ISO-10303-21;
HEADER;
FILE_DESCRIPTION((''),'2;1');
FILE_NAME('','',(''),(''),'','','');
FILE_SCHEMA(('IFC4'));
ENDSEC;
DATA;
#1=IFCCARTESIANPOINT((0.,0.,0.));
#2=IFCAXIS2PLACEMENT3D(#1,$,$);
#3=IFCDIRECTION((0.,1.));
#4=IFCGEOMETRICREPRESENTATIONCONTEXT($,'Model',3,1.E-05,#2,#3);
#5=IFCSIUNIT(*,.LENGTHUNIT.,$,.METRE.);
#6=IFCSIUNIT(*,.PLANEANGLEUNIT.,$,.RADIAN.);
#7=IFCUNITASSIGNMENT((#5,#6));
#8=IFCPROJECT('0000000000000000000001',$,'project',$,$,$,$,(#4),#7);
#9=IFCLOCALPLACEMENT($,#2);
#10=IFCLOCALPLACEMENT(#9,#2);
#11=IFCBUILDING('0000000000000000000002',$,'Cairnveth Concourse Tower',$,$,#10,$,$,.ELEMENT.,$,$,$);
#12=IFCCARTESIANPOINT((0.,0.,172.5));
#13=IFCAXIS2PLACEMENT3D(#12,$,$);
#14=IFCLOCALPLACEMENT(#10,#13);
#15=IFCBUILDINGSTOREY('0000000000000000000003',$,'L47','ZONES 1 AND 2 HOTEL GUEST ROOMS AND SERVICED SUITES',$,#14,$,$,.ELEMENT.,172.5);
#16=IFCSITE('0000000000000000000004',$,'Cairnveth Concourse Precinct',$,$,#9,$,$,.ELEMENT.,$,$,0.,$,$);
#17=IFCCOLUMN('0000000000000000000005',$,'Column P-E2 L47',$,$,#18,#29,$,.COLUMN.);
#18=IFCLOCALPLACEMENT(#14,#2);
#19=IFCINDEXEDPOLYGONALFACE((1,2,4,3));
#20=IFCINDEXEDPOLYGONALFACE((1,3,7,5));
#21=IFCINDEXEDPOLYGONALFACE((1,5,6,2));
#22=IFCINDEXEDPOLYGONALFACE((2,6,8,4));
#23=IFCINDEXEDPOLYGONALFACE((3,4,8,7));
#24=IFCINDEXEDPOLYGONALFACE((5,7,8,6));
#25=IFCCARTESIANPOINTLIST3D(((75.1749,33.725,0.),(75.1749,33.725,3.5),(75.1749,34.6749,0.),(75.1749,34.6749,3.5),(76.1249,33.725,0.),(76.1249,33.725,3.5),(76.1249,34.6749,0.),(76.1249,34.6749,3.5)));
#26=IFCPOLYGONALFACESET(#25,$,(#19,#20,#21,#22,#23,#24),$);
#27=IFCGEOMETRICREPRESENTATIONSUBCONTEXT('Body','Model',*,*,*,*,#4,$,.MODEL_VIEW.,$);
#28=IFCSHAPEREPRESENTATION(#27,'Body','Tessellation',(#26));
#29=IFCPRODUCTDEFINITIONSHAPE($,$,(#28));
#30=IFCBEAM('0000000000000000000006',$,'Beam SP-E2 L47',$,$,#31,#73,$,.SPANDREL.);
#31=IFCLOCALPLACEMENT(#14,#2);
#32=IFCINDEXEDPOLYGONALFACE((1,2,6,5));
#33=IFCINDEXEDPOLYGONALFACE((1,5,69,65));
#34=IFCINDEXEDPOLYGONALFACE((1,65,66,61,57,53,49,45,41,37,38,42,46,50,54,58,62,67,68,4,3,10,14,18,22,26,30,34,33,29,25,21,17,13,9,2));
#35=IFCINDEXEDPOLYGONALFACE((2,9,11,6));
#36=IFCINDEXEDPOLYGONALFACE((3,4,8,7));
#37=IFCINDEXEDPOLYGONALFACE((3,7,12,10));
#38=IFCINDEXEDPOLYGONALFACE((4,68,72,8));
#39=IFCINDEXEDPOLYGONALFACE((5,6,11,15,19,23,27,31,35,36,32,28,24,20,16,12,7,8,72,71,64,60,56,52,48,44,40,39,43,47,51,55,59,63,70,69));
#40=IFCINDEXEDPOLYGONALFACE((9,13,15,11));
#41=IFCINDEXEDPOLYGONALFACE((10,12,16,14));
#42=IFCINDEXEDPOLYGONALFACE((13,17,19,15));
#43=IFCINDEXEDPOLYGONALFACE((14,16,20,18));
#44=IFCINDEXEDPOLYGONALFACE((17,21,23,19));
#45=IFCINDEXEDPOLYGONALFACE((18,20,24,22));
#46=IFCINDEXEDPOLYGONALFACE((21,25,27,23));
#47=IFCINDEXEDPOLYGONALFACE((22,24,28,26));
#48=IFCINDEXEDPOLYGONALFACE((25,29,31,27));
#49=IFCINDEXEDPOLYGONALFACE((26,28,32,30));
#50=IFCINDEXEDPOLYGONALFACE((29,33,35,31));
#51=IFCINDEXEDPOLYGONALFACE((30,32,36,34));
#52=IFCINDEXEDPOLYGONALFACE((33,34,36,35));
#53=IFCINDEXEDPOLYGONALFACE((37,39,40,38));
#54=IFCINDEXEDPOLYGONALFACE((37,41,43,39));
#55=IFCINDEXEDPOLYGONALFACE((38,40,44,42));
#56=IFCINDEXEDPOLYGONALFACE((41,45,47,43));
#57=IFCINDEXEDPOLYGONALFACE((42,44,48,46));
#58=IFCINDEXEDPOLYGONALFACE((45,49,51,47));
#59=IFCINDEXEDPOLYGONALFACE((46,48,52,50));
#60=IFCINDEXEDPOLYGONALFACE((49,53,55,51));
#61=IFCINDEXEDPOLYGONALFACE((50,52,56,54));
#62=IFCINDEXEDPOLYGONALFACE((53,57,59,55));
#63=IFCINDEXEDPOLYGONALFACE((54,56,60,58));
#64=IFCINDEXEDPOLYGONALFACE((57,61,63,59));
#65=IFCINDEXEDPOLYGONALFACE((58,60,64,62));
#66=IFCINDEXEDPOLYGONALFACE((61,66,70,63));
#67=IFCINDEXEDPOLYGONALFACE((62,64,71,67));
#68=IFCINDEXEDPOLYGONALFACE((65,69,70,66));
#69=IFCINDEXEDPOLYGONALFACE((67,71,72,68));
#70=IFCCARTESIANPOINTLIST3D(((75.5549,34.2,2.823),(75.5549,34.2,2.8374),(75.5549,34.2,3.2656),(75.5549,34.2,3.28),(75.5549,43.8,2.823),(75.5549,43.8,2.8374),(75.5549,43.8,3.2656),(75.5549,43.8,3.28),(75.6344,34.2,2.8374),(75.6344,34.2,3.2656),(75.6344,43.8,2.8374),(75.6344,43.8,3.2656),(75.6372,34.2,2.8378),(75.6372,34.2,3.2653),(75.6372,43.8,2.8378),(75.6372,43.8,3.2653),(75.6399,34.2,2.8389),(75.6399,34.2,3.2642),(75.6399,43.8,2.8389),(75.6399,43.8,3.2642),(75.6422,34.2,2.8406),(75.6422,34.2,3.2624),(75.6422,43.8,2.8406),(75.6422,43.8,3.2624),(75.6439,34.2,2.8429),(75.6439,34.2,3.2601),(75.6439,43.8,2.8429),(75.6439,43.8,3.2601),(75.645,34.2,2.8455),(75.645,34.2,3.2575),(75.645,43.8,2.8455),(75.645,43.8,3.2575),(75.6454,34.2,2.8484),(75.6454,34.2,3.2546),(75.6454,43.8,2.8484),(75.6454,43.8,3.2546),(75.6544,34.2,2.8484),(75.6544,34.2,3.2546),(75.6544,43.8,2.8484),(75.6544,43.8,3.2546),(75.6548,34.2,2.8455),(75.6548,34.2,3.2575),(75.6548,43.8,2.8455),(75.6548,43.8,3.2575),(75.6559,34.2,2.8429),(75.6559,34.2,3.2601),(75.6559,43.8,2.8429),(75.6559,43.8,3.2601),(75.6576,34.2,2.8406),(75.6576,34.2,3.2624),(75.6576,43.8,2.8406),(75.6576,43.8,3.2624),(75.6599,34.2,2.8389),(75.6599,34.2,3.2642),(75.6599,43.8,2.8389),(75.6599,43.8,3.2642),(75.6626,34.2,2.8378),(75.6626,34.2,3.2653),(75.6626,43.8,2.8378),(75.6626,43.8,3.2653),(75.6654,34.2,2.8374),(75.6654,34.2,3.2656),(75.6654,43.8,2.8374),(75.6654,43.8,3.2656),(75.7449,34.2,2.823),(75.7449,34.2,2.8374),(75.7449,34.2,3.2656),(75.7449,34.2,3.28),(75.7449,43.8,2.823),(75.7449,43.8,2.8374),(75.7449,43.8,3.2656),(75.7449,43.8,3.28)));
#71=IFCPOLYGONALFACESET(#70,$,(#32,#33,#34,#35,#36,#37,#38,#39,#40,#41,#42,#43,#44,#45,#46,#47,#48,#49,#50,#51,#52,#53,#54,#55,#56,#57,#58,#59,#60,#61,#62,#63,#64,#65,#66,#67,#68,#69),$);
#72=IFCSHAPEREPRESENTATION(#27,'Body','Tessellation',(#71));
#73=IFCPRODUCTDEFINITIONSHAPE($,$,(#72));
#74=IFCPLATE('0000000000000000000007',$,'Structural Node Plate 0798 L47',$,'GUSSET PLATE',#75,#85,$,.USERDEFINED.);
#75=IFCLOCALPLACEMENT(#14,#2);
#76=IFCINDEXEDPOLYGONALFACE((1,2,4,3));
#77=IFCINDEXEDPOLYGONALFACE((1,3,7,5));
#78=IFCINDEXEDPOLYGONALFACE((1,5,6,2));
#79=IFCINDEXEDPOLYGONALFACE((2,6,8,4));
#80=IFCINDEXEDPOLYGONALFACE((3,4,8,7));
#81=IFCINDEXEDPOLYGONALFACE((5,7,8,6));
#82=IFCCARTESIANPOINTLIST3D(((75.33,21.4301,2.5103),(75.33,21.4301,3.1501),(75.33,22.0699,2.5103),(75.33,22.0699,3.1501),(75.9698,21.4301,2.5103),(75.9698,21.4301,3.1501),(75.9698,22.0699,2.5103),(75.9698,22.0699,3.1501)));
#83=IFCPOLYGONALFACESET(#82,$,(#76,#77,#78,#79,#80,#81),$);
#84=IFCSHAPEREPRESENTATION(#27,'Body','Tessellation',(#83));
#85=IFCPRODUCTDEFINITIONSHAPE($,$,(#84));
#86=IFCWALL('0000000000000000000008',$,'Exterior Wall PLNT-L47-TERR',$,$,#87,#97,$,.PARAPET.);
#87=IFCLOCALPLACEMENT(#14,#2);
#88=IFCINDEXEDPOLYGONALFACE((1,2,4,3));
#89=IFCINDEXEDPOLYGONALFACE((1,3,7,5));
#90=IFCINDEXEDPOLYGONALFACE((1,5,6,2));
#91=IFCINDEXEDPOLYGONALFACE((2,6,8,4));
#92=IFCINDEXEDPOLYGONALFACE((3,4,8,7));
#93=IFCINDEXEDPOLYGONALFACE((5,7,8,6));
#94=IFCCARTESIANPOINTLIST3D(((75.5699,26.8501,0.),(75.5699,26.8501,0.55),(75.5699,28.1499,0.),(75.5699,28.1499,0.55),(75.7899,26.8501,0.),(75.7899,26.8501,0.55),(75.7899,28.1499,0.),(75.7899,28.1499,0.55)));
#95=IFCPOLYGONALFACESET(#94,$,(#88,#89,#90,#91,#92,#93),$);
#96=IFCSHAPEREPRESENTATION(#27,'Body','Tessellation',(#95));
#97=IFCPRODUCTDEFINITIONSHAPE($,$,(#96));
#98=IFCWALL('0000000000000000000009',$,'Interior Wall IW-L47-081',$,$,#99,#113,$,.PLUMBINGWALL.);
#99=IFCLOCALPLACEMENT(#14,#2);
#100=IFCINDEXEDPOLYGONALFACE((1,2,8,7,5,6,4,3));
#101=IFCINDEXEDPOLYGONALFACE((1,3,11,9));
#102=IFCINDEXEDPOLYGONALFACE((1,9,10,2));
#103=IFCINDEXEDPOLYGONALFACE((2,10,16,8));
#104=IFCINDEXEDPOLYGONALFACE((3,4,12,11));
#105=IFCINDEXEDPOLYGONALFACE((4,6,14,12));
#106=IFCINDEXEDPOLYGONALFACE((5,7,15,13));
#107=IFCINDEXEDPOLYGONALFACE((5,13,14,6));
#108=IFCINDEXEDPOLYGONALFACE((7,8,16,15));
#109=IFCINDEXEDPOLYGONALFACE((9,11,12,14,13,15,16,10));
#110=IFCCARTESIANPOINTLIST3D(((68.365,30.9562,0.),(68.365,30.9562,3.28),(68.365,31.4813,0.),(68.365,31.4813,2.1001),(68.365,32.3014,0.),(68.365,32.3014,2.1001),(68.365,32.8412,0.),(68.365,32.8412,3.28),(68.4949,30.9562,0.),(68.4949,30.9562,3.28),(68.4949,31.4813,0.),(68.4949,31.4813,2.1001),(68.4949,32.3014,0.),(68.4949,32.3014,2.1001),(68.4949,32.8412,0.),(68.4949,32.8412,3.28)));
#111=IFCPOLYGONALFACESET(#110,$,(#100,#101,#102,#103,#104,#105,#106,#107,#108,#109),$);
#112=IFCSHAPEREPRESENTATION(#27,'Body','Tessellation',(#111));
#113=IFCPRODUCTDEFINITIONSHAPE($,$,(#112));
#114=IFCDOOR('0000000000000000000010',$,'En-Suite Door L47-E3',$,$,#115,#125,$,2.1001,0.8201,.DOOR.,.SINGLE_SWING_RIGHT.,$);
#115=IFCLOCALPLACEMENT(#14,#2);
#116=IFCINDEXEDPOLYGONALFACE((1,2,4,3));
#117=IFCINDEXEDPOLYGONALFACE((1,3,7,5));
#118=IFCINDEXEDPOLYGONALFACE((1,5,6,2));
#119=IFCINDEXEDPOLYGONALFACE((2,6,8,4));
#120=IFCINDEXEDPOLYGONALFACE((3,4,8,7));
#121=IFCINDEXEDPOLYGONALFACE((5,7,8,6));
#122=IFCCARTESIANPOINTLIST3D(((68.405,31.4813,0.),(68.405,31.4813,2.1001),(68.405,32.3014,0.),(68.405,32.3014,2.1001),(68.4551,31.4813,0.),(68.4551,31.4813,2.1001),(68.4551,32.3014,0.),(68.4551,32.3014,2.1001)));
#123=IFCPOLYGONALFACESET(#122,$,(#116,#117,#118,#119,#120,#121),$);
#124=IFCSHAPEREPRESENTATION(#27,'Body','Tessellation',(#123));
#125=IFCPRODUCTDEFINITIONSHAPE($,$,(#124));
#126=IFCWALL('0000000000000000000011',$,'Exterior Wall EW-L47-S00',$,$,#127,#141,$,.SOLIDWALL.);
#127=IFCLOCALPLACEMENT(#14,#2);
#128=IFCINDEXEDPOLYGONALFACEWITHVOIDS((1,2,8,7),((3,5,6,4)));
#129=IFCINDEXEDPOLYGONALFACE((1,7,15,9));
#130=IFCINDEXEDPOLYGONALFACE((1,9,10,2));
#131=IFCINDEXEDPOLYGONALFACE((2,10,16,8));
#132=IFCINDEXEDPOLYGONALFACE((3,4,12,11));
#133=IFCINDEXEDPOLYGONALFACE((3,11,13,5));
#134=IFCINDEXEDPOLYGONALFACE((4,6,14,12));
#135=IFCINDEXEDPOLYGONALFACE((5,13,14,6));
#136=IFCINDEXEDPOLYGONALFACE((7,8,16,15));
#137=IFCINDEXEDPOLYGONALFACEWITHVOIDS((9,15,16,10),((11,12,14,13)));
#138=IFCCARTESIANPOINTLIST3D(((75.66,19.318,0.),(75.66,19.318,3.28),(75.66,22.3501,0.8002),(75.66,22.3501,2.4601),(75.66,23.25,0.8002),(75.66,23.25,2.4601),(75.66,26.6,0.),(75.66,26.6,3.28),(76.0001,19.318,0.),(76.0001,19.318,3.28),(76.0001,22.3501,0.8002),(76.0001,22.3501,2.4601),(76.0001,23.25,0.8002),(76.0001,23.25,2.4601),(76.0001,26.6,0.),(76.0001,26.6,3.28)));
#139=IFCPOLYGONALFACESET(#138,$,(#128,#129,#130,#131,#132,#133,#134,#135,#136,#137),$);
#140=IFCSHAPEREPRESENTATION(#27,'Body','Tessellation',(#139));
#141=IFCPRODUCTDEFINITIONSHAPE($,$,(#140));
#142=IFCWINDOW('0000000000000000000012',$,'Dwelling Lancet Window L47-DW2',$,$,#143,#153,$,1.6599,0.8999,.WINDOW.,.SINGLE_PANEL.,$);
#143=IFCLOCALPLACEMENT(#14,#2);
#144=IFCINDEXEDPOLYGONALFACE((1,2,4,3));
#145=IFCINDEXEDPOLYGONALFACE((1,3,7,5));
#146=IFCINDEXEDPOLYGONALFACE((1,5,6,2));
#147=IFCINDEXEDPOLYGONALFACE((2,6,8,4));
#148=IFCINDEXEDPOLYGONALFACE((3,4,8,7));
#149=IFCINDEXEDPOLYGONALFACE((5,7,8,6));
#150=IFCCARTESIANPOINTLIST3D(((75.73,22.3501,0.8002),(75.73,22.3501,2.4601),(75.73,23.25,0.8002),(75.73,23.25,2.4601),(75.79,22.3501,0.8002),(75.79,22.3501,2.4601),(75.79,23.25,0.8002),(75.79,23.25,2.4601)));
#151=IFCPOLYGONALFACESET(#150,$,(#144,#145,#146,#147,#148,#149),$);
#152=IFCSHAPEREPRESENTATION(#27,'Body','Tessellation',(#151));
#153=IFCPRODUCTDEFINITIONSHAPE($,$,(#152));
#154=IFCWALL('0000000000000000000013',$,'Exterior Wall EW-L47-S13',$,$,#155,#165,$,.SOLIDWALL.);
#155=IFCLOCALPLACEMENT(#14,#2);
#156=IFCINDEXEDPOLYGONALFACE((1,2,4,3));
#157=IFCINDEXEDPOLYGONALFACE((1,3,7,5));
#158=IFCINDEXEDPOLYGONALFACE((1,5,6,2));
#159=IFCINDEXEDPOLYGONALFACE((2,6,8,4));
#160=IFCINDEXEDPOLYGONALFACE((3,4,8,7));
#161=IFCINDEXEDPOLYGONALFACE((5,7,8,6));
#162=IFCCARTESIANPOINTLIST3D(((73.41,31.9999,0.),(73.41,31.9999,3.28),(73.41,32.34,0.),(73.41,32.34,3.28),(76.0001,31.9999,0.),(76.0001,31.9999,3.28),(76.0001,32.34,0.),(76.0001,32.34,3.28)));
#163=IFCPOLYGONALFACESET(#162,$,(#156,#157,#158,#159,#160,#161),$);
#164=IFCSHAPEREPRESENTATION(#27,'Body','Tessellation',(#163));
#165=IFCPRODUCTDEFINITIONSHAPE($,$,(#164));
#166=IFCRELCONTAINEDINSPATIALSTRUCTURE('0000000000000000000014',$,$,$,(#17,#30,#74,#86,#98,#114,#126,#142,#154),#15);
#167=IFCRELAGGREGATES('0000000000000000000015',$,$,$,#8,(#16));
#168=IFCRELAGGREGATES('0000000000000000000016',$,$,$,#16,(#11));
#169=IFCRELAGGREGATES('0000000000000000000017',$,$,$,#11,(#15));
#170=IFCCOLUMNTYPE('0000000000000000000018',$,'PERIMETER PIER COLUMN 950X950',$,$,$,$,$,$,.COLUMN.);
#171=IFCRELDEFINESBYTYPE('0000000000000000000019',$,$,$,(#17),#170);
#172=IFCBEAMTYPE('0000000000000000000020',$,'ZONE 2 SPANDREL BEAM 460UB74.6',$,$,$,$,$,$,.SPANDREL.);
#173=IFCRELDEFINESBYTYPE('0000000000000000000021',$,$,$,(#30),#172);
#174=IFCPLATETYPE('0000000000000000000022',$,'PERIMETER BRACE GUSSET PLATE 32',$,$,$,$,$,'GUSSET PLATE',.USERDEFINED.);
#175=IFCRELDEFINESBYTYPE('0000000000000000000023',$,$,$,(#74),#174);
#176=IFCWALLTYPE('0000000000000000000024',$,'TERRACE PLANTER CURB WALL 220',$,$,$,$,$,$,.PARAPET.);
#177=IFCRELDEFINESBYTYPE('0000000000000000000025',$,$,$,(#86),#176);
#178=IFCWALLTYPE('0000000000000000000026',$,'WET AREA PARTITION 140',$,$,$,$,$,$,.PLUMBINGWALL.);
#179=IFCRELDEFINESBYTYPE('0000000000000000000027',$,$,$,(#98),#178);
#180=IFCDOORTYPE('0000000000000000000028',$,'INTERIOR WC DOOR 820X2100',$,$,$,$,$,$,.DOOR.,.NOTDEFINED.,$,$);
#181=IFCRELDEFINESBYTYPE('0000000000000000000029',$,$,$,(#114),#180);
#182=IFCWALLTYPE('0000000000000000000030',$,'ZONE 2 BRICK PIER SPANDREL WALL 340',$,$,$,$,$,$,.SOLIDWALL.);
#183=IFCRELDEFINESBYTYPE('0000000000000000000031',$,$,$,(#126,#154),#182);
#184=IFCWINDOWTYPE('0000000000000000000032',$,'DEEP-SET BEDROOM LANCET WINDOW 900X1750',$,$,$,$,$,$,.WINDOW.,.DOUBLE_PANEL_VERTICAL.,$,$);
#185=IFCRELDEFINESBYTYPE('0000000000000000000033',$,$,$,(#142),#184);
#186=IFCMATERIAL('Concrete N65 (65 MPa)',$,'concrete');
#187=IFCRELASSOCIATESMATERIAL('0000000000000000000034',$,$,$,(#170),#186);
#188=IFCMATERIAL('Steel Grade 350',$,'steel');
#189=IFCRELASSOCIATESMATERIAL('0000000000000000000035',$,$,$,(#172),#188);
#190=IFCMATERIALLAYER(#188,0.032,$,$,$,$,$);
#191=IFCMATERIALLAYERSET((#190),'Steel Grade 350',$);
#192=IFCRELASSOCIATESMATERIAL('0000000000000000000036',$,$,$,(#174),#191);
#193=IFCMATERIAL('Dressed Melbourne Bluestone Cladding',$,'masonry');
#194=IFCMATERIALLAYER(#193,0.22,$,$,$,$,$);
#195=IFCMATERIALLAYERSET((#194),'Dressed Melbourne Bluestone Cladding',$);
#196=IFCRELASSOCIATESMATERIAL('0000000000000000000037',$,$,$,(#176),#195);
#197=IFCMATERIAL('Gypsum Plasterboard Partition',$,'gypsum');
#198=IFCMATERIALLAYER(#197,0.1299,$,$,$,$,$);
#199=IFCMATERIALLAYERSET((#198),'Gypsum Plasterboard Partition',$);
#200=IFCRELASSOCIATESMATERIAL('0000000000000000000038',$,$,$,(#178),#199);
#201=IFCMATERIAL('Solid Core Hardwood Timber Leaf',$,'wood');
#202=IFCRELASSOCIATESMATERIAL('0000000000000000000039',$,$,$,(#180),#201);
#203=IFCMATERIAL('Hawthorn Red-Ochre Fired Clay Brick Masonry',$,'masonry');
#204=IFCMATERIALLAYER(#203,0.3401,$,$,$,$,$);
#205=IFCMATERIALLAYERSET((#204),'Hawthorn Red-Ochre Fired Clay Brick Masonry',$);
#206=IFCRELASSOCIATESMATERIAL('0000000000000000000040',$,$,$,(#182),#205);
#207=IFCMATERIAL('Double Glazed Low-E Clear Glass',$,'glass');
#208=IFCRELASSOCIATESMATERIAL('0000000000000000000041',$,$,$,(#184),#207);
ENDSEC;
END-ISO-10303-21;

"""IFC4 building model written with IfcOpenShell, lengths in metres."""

from ifc_helpers import new_model, si_unit, direction, frame, frame_2d, origin, origin_2d, place, context, subcontext, project, spatial, rectangle, i_section, extrude, material, layer, layer_set, material_profile, profile_set, type_object, element, fill, save


model = new_model("IFC4")

# Units and contexts
model_context = context("Model", 3, precision=1e-05, world=origin(), true_north=direction((0.0, 1.0)))
body_context = subcontext(model_context, "Body", "Model", "MODEL_VIEW")
ifc_project = project(units=[si_unit("LENGTHUNIT", "METRE"), si_unit("PLANEANGLEUNIT", "RADIAN")], contexts=[model_context])

# Site, building, storey
site_placement = place(None, origin())
site = spatial("IfcSite", under=ifc_project, at=site_placement, Name="Cairnveth Concourse Precinct", CompositionType="ELEMENT", RefElevation=0.0)
building_placement = place(site_placement, origin())
building = spatial("IfcBuilding", under=site, at=building_placement, Name="Cairnveth Concourse Tower", CompositionType="ELEMENT")
storey_placement = place(building_placement, frame((0.0, 0.0, 172.5)))
storey = spatial("IfcBuildingStorey", under=building, at=storey_placement, Name="L47", Description="ZONES 1 AND 2 HOTEL GUEST ROOMS AND SERVICED SUITES", CompositionType="ELEMENT", Elevation=172.5)

# Column
ifc_material_1 = material(Name="Concrete N65 (65 MPa)", Category="concrete")
ifc_material_profile_1 = material_profile(ifc_material_1, rectangle(XDim=0.95, YDim=0.95, at=origin_2d()), Name="RC-COL-950x950")
ifc_profile_set_1 = profile_set([ifc_material_profile_1], Name="Concrete N65 (65 MPa)")
column_type = type_object("IfcColumnType", Name="PERIMETER PIER COLUMN 950X950", PredefinedType="COLUMN", material=ifc_profile_set_1)
column_placement = place(storey_placement, frame((75.6499, 34.2, 0.0), z_axis=(0.0, 0.0, 1.0), x_axis=(0.0, 1.0, 0.0)))
element("IfcColumn", 1, at=column_placement, inside=storey, type_object=column_type, Name="Column P-E2 L47", PredefinedType="COLUMN", context=body_context, shape_type="SweptSolid", body=[
    extrude(rectangle(XDim=0.95, YDim=0.95, at=origin_2d()), origin(), (0.0, 0.0, 1.0), 3.5),
])

# Beam
ifc_material_2 = material(Name="Steel Grade 350", Category="steel")
ifc_material_profile_2 = material_profile(ifc_material_2, i_section(OverallWidth=0.1899, OverallDepth=0.457, WebThickness=0.009, FlangeThickness=0.0144, FilletRadius=0.011, at=origin_2d()), Name="460UB74.6")
ifc_profile_set_2 = profile_set([ifc_material_profile_2], Name="Steel Grade 350")
beam_type = type_object("IfcBeamType", Name="ZONE 2 SPANDREL BEAM 460UB74.6", PredefinedType="SPANDREL", material=ifc_profile_set_2)
beam_placement = place(storey_placement, frame((75.6499, 34.2, 3.0515), z_axis=(0.0, 1.0, 0.0), x_axis=(-1.0, 0.0, 0.0)))
element("IfcBeam", 2, at=beam_placement, inside=storey, type_object=beam_type, Name="Beam SP-E2 L47", PredefinedType="SPANDREL", context=body_context, shape_type="SweptSolid", body=[
    extrude(i_section(OverallWidth=0.1899, OverallDepth=0.457, WebThickness=0.009, FlangeThickness=0.0144, FilletRadius=0.011, at=origin_2d()), origin(), (0.0, 0.0, 1.0), 9.6001),
])

# Plate
ifc_layer_1 = layer(ifc_material_2, 0.032)
ifc_layer_set_1 = layer_set([ifc_layer_1], Name="Steel Grade 350")
plate_type = type_object("IfcPlateType", Name="PERIMETER BRACE GUSSET PLATE 32", ElementType="GUSSET PLATE", PredefinedType="USERDEFINED", material=ifc_layer_set_1)
plate_placement = place(storey_placement, frame((75.6499, 21.75, 2.5103), z_axis=(0.0, 0.0, 1.0), x_axis=(1.0, 0.0, 0.0)))
element("IfcPlate", 3, at=plate_placement, inside=storey, type_object=plate_type, Name="Structural Node Plate 0798 L47", ObjectType="GUSSET PLATE", PredefinedType="USERDEFINED", context=body_context, shape_type="SweptSolid", body=[
    extrude(rectangle(XDim=0.6399, YDim=0.6399, at=origin_2d()), origin(), (0.0, 0.0, 1.0), 0.6399),
])

# Wall
ifc_material_3 = material(Name="Dressed Melbourne Bluestone Cladding", Category="masonry")
ifc_layer_2 = layer(ifc_material_3, 0.22)
ifc_layer_set_2 = layer_set([ifc_layer_2], Name="Dressed Melbourne Bluestone Cladding")
wall_type_1 = type_object("IfcWallType", Name="TERRACE PLANTER CURB WALL 220", PredefinedType="PARAPET", material=ifc_layer_set_2)
wall_1_placement = place(storey_placement, frame((75.6799, 26.8501, 0.0), z_axis=(0.0, 0.0, 1.0), x_axis=(0.0, 1.0, 0.0)))
element("IfcWall", 4, at=wall_1_placement, inside=storey, type_object=wall_type_1, Name="Exterior Wall PLNT-L47-TERR", PredefinedType="PARAPET", context=body_context, shape_type="SweptSolid", body=[
    extrude(rectangle(XDim=1.2998, YDim=0.22, at=frame_2d((0.6499, 0.0))), origin(), (0.0, 0.0, 1.0), 0.55),
])

# Wall, opening, door
ifc_material_4 = material(Name="Gypsum Plasterboard Partition", Category="gypsum")
ifc_layer_3 = layer(ifc_material_4, 0.1299)
ifc_layer_set_3 = layer_set([ifc_layer_3], Name="Gypsum Plasterboard Partition")
wall_type_2 = type_object("IfcWallType", Name="WET AREA PARTITION 140", PredefinedType="PLUMBINGWALL", material=ifc_layer_set_3)
wall_2_placement = place(storey_placement, frame((68.4299, 30.9563, 0.0), z_axis=(0.0, 0.0, 1.0), x_axis=(0.0, 1.0, 0.0)))
wall_2 = element("IfcWall", 5, at=wall_2_placement, inside=storey, type_object=wall_type_2, Name="Interior Wall IW-L47-081", PredefinedType="PLUMBINGWALL", context=body_context, shape_type="SweptSolid", body=[
    extrude(rectangle(XDim=1.885, YDim=0.1299, at=frame_2d((0.9424, 0.0))), origin(), (0.0, 0.0, 1.0), 3.28),
])
opening_1_placement = place(wall_2_placement, frame((0.5249, 0.0, 0.0)))
opening_1 = element("IfcOpeningElement", 6, at=opening_1_placement, cuts=wall_2, PredefinedType="OPENING", context=body_context, shape_type="SweptSolid", body=[
    extrude(rectangle(XDim=0.8201, YDim=2.1001, at=frame_2d((0.4102, 1.05))), frame((0.0, 0.075, 0.0), z_axis=(0.0, -1.0, 0.0), x_axis=(1.0, 0.0, 0.0)), (0.0, 0.0, 1.0), 0.1499),
])
ifc_material_5 = material(Name="Solid Core Hardwood Timber Leaf", Category="wood")
door_type_1 = type_object("IfcDoorType", Name="INTERIOR WC DOOR 820X2100", OperationType="NOTDEFINED", PredefinedType="DOOR", material=ifc_material_5)
door_1_placement = place(opening_1_placement, origin())
door_1 = element("IfcDoor", 7, at=door_1_placement, inside=storey, type_object=door_type_1, Name="En-Suite Door L47-E3", OperationType="SINGLE_SWING_RIGHT", OverallHeight=2.1001, OverallWidth=0.8201, PredefinedType="DOOR", context=body_context, shape_type="SweptSolid", body=[
    extrude(rectangle(XDim=0.8201, YDim=2.1001, at=frame_2d((0.4102, 1.05))), frame((0.0, 0.0249, 0.0), z_axis=(0.0, -1.0, 0.0), x_axis=(1.0, 0.0, 0.0)), (0.0, 0.0, 1.0), 0.05),
])
fill(opening_1, door_1)

# Wall, opening, window
ifc_material_6 = material(Name="Hawthorn Red-Ochre Fired Clay Brick Masonry", Category="masonry")
ifc_layer_4 = layer(ifc_material_6, 0.3401)
ifc_layer_set_4 = layer_set([ifc_layer_4], Name="Hawthorn Red-Ochre Fired Clay Brick Masonry")
wall_type_3 = type_object("IfcWallType", Name="ZONE 2 BRICK PIER SPANDREL WALL 340", PredefinedType="SOLIDWALL", material=ifc_layer_set_4)
wall_3_placement = place(storey_placement, frame((75.8301, 26.6001, 0.0), z_axis=(0.0, 0.0, 1.0), x_axis=(0.0, -1.0, 0.0)))
wall_3 = element("IfcWall", 8, at=wall_3_placement, inside=storey, type_object=wall_type_3, Name="Exterior Wall EW-L47-S00", PredefinedType="SOLIDWALL", context=body_context, shape_type="SweptSolid", body=[
    extrude(rectangle(XDim=7.282, YDim=0.3401, at=frame_2d((3.6411, 0.0))), origin(), (0.0, 0.0, 1.0), 3.28),
])
opening_2_placement = place(wall_3_placement, frame((3.3501, 0.0, 0.8)))
opening_2 = element("IfcOpeningElement", 9, at=opening_2_placement, cuts=wall_3, PredefinedType="OPENING", context=body_context, shape_type="SweptSolid", body=[
    extrude(rectangle(XDim=0.8999, YDim=1.6599, at=frame_2d((0.45, 0.8301))), frame((0.0, 0.1799, 0.0), z_axis=(0.0, -1.0, 0.0), x_axis=(1.0, 0.0, 0.0)), (0.0, 0.0, 1.0), 0.3601),
])
ifc_material_7 = material(Name="Double Glazed Low-E Clear Glass", Category="glass")
window_type = type_object("IfcWindowType", Name="DEEP-SET BEDROOM LANCET WINDOW 900X1750", PartitioningType="DOUBLE_PANEL_VERTICAL", PredefinedType="WINDOW", material=ifc_material_7)
window_placement = place(opening_2_placement, origin())
window = element("IfcWindow", 10, at=window_placement, inside=storey, type_object=window_type, Name="Dwelling Lancet Window L47-DW2", OverallHeight=1.6599, OverallWidth=0.8999, PartitioningType="SINGLE_PANEL", PredefinedType="WINDOW", context=body_context, shape_type="SweptSolid", body=[
    extrude(rectangle(XDim=0.8999, YDim=1.6599, at=frame_2d((0.45, 0.8301))), frame((0.0, -0.04, 0.0), z_axis=(0.0, -1.0, 0.0), x_axis=(1.0, 0.0, 0.0)), (0.0, 0.0, 1.0), 0.0601),
])
fill(opening_2, window)

# Wall
wall_4_placement = place(storey_placement, frame((76.0, 32.1699, 0.0), z_axis=(0.0, 0.0, 1.0), x_axis=(-1.0, 0.0, 0.0)))
element("IfcWall", 11, at=wall_4_placement, inside=storey, type_object=wall_type_3, Name="Exterior Wall EW-L47-S13", PredefinedType="SOLIDWALL", context=body_context, shape_type="SweptSolid", body=[
    extrude(rectangle(XDim=2.5901, YDim=0.3401, at=frame_2d((1.2949, 0.0))), origin(), (0.0, 0.0, 1.0), 3.28),
])

save(model, "model.ifc")
